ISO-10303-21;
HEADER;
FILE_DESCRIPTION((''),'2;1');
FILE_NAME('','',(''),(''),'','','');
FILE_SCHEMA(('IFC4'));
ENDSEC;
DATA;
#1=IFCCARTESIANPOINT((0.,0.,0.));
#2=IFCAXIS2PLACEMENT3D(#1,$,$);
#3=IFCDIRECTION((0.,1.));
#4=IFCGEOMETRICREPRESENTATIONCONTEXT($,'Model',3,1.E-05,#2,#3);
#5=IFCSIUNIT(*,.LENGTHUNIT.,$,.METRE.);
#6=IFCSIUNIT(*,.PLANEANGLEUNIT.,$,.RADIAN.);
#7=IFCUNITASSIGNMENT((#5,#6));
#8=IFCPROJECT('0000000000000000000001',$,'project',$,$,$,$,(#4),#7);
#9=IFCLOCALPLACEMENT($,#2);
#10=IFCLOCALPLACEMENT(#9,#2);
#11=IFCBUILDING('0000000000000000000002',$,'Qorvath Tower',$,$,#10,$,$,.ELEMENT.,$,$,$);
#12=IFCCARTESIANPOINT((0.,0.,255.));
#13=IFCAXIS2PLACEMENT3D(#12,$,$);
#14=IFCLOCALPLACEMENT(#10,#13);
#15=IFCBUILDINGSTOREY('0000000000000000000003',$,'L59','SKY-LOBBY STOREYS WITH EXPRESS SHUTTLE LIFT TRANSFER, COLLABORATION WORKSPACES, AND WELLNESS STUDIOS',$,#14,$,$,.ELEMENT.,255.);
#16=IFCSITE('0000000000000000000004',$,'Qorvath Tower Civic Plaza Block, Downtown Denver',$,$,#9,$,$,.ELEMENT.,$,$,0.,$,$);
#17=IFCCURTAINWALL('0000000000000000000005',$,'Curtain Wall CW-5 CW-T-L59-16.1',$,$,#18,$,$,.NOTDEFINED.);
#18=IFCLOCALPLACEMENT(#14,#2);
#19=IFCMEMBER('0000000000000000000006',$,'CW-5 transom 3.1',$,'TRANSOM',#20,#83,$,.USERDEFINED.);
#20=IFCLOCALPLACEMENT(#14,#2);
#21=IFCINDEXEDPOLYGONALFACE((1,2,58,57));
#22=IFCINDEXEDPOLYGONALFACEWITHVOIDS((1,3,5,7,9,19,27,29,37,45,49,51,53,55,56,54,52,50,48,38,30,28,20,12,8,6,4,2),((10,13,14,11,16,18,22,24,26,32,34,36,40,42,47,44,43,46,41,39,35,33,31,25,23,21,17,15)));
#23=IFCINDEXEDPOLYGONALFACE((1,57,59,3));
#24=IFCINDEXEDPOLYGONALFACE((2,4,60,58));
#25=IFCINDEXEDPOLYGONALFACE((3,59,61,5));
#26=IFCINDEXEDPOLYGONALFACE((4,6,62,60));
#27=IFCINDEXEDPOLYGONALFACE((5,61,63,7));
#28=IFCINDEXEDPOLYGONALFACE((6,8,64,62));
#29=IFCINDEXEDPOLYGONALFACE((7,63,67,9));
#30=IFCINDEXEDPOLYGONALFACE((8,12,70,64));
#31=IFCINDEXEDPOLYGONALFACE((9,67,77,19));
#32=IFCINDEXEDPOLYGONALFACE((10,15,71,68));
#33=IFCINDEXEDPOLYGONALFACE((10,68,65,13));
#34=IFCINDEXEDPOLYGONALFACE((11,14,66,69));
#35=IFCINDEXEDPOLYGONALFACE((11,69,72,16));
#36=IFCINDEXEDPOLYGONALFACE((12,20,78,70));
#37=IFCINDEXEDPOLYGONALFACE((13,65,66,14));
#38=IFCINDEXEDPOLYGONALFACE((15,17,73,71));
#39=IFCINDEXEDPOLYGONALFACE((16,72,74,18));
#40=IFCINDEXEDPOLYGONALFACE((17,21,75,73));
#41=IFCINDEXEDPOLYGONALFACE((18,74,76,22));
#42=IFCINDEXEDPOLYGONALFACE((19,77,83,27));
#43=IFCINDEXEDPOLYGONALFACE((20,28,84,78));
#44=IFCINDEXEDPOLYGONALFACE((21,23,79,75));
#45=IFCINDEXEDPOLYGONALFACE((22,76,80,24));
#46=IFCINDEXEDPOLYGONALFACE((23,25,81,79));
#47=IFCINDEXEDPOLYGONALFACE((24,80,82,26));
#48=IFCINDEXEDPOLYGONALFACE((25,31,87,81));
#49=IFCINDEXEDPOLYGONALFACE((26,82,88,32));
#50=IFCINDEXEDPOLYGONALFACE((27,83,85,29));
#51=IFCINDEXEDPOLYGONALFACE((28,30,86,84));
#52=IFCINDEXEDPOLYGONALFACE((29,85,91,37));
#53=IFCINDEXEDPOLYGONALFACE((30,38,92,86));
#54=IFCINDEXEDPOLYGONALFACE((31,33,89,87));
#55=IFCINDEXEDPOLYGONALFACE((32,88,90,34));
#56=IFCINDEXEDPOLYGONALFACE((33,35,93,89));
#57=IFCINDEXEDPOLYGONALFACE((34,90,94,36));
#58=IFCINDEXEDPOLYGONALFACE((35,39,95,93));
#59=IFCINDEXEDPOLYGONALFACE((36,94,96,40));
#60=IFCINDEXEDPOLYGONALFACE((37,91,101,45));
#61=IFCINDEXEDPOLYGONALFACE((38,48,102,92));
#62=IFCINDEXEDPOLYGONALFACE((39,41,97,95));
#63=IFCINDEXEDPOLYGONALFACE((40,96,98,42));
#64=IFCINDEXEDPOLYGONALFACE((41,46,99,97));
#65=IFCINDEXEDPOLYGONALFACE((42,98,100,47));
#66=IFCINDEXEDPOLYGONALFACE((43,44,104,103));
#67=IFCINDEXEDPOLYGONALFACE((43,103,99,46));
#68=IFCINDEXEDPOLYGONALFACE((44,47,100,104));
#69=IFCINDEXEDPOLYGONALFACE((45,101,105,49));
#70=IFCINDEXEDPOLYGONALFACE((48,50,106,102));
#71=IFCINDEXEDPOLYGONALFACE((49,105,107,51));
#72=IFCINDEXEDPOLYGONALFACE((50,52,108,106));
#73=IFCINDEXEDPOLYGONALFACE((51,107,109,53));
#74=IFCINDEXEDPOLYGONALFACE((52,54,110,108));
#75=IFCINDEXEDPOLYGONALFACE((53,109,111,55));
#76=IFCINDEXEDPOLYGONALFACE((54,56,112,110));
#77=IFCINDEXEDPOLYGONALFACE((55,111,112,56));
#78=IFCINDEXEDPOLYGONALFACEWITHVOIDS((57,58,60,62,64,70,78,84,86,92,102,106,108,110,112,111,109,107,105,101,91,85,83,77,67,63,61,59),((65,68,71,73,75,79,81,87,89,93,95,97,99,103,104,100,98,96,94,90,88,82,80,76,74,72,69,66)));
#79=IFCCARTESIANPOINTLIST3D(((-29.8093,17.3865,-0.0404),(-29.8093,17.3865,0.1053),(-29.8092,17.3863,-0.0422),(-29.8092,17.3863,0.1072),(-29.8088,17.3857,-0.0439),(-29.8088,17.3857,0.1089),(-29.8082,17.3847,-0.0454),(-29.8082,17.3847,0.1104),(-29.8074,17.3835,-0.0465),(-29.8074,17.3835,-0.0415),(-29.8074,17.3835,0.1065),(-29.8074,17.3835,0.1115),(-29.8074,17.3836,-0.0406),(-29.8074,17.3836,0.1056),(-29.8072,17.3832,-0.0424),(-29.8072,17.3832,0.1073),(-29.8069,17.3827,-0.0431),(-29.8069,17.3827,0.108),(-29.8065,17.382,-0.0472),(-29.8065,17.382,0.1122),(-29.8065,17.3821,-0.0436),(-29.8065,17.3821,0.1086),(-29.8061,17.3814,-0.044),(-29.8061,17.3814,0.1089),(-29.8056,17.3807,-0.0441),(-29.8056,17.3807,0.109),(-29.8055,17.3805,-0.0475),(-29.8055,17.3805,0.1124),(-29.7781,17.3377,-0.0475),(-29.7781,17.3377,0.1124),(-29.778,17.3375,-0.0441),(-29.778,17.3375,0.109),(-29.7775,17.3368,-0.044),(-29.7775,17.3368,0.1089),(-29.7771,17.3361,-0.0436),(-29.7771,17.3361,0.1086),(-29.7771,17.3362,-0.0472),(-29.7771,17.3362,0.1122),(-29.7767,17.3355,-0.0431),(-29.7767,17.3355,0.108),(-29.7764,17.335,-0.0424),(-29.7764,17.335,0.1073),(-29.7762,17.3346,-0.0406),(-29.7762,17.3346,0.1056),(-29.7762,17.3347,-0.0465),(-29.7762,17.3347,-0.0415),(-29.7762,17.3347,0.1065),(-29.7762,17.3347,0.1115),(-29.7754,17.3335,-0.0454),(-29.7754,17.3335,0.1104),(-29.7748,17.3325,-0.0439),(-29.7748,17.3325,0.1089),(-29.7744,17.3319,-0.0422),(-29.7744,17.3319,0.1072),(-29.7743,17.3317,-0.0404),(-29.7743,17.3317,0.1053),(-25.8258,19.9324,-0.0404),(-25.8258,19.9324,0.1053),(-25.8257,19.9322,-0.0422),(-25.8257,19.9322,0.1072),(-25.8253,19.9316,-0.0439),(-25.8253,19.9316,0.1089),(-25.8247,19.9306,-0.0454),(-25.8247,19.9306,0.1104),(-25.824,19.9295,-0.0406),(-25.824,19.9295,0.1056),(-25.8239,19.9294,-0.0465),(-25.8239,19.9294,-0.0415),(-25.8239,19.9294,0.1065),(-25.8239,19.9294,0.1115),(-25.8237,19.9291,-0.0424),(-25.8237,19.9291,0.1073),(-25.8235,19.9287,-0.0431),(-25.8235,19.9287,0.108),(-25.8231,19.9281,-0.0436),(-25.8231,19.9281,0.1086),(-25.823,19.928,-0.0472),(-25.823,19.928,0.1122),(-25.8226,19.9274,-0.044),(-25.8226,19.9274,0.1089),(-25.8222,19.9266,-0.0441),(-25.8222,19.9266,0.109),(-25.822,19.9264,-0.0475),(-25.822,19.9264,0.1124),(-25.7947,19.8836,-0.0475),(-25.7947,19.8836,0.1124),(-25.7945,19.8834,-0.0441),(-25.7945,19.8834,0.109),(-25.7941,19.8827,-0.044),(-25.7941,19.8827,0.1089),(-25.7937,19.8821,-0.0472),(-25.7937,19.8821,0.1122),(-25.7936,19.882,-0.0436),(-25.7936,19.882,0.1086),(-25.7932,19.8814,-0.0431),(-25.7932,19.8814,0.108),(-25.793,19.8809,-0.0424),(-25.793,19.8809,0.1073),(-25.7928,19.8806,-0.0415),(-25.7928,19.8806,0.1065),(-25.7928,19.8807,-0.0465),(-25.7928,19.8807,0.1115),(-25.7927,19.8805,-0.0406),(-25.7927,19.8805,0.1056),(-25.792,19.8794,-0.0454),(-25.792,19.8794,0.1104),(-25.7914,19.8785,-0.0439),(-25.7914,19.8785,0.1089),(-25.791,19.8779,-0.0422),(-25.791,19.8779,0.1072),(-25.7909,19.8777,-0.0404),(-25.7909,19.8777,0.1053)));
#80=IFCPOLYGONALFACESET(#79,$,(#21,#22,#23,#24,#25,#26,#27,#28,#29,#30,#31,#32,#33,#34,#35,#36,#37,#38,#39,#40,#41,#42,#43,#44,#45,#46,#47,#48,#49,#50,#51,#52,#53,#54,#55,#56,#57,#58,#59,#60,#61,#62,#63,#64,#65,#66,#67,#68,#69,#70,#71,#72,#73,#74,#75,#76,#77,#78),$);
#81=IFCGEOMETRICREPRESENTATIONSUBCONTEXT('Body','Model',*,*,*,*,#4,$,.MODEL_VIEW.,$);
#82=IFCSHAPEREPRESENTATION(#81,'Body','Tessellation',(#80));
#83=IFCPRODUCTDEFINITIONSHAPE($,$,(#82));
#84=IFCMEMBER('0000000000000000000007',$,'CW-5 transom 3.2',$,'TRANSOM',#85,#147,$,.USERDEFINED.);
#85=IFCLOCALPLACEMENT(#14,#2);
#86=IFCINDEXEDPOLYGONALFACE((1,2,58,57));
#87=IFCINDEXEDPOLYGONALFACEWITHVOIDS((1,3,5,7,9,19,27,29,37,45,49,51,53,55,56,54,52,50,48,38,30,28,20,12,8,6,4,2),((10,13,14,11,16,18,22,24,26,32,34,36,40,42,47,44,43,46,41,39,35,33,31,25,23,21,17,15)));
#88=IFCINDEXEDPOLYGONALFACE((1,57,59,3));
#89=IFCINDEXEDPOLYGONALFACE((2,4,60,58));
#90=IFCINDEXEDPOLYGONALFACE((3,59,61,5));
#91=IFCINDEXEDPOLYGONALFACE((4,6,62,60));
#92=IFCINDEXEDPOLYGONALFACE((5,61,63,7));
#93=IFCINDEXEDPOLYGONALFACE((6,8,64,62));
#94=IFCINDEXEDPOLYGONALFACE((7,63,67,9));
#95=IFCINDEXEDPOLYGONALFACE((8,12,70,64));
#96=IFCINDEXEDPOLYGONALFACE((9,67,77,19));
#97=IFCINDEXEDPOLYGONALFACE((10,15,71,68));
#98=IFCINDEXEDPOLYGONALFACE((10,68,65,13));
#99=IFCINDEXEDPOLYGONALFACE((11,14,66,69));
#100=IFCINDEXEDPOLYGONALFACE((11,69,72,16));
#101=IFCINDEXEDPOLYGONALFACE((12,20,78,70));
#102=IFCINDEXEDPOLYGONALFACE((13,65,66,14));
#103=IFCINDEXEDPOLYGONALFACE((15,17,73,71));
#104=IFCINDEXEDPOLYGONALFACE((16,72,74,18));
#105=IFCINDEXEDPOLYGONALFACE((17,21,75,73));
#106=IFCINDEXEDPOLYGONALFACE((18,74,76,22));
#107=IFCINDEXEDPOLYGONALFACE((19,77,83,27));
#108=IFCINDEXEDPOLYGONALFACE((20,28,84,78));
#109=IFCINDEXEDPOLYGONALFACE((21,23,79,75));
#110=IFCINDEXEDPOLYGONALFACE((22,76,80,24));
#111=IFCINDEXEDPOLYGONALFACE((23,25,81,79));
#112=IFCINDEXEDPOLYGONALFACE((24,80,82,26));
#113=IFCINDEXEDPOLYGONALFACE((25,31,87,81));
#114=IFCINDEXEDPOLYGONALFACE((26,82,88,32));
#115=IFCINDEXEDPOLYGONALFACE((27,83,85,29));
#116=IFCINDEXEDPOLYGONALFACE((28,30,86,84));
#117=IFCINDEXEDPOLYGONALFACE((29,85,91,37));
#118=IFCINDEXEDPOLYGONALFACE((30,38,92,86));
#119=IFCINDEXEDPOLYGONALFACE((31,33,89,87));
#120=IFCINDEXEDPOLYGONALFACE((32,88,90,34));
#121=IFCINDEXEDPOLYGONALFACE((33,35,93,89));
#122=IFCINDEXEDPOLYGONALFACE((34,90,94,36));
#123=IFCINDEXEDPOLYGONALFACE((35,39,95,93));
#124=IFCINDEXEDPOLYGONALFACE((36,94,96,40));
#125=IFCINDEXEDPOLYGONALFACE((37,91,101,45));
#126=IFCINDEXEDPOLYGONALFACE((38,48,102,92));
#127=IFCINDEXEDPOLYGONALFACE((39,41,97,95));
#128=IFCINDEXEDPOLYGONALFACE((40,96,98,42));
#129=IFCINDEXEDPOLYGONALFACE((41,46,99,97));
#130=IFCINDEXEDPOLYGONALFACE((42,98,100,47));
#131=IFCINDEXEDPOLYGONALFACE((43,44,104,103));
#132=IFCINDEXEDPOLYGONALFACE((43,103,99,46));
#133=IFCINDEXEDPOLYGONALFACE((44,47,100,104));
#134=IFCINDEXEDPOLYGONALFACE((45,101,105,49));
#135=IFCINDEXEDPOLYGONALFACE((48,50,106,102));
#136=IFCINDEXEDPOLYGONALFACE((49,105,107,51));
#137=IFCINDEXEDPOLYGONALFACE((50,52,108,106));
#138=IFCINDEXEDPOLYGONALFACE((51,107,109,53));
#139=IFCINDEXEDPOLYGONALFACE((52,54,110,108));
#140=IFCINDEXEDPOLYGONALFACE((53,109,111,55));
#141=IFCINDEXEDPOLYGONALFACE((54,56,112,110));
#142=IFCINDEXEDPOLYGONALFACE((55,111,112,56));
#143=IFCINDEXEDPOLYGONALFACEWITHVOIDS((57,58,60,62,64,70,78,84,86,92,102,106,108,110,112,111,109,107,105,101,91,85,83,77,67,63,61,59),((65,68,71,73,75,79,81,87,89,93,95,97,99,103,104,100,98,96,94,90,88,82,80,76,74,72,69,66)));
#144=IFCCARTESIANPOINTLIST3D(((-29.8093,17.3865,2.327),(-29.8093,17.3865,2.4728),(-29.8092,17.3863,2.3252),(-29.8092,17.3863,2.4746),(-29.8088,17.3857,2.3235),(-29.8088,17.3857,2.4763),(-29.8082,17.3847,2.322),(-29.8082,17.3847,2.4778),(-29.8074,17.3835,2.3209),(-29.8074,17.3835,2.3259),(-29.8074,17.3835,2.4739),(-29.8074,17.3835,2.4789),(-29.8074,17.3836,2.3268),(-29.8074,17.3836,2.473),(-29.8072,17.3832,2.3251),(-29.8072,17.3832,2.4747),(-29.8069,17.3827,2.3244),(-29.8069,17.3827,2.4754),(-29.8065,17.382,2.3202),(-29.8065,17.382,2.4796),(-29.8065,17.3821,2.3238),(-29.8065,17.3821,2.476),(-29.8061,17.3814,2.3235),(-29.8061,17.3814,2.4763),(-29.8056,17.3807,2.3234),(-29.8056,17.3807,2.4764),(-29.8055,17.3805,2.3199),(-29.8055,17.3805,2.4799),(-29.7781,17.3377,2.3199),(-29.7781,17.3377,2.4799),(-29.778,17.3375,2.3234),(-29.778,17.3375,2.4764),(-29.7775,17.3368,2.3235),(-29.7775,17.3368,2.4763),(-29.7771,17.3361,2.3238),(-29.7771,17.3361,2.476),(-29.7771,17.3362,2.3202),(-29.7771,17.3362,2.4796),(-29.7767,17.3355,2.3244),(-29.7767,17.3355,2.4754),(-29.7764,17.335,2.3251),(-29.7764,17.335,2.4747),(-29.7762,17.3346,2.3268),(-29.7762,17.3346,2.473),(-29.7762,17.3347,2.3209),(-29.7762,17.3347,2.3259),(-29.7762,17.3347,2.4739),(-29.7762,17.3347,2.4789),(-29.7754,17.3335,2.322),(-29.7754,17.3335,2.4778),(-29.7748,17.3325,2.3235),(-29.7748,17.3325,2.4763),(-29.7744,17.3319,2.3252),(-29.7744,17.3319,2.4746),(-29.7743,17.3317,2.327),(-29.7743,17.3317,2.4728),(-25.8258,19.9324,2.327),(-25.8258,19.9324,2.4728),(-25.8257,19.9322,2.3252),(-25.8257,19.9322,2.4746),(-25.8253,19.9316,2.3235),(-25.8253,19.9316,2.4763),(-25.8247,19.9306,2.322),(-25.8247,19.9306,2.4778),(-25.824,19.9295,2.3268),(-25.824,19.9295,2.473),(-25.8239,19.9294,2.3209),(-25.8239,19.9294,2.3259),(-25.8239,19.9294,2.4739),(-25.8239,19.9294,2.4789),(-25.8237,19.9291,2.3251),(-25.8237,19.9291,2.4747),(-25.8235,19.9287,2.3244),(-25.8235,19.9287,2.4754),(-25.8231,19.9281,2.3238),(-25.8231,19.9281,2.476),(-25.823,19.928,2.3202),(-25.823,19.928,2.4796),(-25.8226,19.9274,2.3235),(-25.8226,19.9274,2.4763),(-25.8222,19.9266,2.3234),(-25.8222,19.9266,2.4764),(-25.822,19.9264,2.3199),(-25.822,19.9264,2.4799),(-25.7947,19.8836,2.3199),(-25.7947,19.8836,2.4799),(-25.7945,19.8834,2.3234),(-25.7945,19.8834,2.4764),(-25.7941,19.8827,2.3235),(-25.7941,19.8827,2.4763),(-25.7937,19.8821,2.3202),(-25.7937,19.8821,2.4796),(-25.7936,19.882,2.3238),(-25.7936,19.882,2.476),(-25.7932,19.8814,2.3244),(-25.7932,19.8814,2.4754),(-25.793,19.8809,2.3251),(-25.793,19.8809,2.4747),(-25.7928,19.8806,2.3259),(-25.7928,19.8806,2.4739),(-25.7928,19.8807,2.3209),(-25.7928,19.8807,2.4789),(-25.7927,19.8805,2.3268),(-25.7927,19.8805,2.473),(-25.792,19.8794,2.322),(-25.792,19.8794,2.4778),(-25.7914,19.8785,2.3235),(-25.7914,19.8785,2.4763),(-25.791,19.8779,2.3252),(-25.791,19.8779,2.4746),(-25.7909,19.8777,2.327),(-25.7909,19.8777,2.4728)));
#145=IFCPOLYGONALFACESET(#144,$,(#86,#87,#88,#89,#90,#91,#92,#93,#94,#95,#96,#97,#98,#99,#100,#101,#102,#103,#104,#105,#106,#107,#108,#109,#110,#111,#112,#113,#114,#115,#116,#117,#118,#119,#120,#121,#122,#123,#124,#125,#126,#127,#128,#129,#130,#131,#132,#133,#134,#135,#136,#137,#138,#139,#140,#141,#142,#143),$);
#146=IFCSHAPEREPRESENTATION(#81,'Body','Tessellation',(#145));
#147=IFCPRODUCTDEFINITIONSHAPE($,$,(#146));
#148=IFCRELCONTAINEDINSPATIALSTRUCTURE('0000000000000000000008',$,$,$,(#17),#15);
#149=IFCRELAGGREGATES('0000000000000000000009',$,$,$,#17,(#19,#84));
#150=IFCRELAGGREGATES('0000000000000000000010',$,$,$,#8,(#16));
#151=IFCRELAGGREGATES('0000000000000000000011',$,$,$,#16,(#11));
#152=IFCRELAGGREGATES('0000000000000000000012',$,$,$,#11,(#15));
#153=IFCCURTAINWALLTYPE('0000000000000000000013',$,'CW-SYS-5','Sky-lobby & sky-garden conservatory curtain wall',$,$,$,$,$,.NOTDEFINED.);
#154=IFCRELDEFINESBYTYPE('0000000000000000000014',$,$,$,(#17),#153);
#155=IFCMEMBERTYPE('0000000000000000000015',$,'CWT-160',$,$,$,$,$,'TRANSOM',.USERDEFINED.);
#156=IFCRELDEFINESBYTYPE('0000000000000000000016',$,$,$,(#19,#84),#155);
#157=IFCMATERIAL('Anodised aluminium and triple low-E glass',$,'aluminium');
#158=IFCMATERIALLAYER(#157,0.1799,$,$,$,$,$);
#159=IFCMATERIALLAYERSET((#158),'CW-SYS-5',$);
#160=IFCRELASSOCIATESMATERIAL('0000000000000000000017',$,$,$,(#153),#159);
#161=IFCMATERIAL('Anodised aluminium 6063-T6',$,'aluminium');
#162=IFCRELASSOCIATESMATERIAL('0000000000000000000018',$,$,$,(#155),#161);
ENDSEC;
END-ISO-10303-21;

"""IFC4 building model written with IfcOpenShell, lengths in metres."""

from ifc_helpers import new_model, si_unit, direction, frame, origin, origin_2d, place, context, subcontext, project, spatial, hollow_rectangle, extrude, material, layer, layer_set, material_profile, profile_set, type_object, element, aggregate, save


model = new_model("IFC4")

# Units and contexts
model_context = context("Model", 3, precision=1e-05, world=origin(), true_north=direction((0.0, 1.0)))
body_context = subcontext(model_context, "Body", "Model", "MODEL_VIEW")
ifc_project = project(units=[si_unit("LENGTHUNIT", "METRE"), si_unit("PLANEANGLEUNIT", "RADIAN")], contexts=[model_context])

# Site, building, storey
site_placement = place(None, origin())
site = spatial("IfcSite", under=ifc_project, at=site_placement, Name="Qorvath Tower Civic Plaza Block, Downtown Denver", CompositionType="ELEMENT", RefElevation=0.0)
building_placement = place(site_placement, origin())
building = spatial("IfcBuilding", under=site, at=building_placement, Name="Qorvath Tower", CompositionType="ELEMENT")
storey_placement = place(building_placement, frame((0.0, 0.0, 255.0)))
storey = spatial("IfcBuildingStorey", under=building, at=storey_placement, Name="L59", Description="SKY-LOBBY STOREYS WITH EXPRESS SHUTTLE LIFT TRANSFER, COLLABORATION WORKSPACES, AND WELLNESS STUDIOS", CompositionType="ELEMENT", Elevation=255.0)

# Curtain wall
ifc_material_1 = material(Name="Anodised aluminium and triple low-E glass", Category="aluminium")
ifc_layer_1 = layer(ifc_material_1, 0.1799)
ifc_layer_set_1 = layer_set([ifc_layer_1], Name="CW-SYS-5")
curtain_wall_type = type_object("IfcCurtainWallType", Name="CW-SYS-5", Description="Sky-lobby & sky-garden conservatory curtain wall", PredefinedType="NOTDEFINED", material=ifc_layer_set_1)
curtain_wall_1_placement = place(storey_placement, origin())
curtain_wall_1 = element("IfcCurtainWall", 1, at=curtain_wall_1_placement, inside=storey, type_object=curtain_wall_type, Name="Curtain Wall CW-5 CW-T-L59-16.1", PredefinedType="NOTDEFINED")

# Members
ifc_material_2 = material(Name="Anodised aluminium 6063-T6", Category="aluminium")
ifc_material_profile_1 = material_profile(ifc_material_2, hollow_rectangle(XDim=0.0649, YDim=0.1599, WallThickness=0.0034, InnerFilletRadius=0.0034, OuterFilletRadius=0.0071, at=origin_2d()), Name="CWT 160x65")
ifc_profile_set_1 = profile_set([ifc_material_profile_1], Name="Anodised aluminium 6063-T6")
member_type_1 = type_object("IfcMemberType", Name="CWT-160", ElementType="TRANSOM", PredefinedType="USERDEFINED", material=ifc_profile_set_1)
member_1_placement = place(storey_placement, frame((-25.8083, 19.905, 0.0325), z_axis=(-0.842605, -0.538532, 0.0), x_axis=(0.538532, -0.842605, 0.0)))
member_1 = element("IfcMember", 2, at=member_1_placement, type_object=member_type_1, Name="CW-5 transom 3.1", ObjectType="TRANSOM", PredefinedType="USERDEFINED", context=body_context, shape_type="SweptSolid", body=[
    extrude(hollow_rectangle(XDim=0.0649, YDim=0.1599, WallThickness=0.0034, InnerFilletRadius=0.0034, OuterFilletRadius=0.0071, at=origin_2d()), origin(), (0.0, 0.0, 1.0), 4.7275),
])
member_2_placement = place(storey_placement, frame((-25.8083, 19.905, 2.3999), z_axis=(-0.842605, -0.538532, 0.0), x_axis=(0.538532, -0.842605, 0.0)))
member_2 = element("IfcMember", 3, at=member_2_placement, type_object=member_type_1, Name="CW-5 transom 3.2", ObjectType="TRANSOM", PredefinedType="USERDEFINED", context=body_context, shape_type="SweptSolid", body=[
    extrude(hollow_rectangle(XDim=0.0649, YDim=0.1599, WallThickness=0.0034, InnerFilletRadius=0.0034, OuterFilletRadius=0.0071, at=origin_2d()), origin(), (0.0, 0.0, 1.0), 4.7275),
])

aggregate(curtain_wall_1, [member_1, member_2])

save(model, "model.ifc")
